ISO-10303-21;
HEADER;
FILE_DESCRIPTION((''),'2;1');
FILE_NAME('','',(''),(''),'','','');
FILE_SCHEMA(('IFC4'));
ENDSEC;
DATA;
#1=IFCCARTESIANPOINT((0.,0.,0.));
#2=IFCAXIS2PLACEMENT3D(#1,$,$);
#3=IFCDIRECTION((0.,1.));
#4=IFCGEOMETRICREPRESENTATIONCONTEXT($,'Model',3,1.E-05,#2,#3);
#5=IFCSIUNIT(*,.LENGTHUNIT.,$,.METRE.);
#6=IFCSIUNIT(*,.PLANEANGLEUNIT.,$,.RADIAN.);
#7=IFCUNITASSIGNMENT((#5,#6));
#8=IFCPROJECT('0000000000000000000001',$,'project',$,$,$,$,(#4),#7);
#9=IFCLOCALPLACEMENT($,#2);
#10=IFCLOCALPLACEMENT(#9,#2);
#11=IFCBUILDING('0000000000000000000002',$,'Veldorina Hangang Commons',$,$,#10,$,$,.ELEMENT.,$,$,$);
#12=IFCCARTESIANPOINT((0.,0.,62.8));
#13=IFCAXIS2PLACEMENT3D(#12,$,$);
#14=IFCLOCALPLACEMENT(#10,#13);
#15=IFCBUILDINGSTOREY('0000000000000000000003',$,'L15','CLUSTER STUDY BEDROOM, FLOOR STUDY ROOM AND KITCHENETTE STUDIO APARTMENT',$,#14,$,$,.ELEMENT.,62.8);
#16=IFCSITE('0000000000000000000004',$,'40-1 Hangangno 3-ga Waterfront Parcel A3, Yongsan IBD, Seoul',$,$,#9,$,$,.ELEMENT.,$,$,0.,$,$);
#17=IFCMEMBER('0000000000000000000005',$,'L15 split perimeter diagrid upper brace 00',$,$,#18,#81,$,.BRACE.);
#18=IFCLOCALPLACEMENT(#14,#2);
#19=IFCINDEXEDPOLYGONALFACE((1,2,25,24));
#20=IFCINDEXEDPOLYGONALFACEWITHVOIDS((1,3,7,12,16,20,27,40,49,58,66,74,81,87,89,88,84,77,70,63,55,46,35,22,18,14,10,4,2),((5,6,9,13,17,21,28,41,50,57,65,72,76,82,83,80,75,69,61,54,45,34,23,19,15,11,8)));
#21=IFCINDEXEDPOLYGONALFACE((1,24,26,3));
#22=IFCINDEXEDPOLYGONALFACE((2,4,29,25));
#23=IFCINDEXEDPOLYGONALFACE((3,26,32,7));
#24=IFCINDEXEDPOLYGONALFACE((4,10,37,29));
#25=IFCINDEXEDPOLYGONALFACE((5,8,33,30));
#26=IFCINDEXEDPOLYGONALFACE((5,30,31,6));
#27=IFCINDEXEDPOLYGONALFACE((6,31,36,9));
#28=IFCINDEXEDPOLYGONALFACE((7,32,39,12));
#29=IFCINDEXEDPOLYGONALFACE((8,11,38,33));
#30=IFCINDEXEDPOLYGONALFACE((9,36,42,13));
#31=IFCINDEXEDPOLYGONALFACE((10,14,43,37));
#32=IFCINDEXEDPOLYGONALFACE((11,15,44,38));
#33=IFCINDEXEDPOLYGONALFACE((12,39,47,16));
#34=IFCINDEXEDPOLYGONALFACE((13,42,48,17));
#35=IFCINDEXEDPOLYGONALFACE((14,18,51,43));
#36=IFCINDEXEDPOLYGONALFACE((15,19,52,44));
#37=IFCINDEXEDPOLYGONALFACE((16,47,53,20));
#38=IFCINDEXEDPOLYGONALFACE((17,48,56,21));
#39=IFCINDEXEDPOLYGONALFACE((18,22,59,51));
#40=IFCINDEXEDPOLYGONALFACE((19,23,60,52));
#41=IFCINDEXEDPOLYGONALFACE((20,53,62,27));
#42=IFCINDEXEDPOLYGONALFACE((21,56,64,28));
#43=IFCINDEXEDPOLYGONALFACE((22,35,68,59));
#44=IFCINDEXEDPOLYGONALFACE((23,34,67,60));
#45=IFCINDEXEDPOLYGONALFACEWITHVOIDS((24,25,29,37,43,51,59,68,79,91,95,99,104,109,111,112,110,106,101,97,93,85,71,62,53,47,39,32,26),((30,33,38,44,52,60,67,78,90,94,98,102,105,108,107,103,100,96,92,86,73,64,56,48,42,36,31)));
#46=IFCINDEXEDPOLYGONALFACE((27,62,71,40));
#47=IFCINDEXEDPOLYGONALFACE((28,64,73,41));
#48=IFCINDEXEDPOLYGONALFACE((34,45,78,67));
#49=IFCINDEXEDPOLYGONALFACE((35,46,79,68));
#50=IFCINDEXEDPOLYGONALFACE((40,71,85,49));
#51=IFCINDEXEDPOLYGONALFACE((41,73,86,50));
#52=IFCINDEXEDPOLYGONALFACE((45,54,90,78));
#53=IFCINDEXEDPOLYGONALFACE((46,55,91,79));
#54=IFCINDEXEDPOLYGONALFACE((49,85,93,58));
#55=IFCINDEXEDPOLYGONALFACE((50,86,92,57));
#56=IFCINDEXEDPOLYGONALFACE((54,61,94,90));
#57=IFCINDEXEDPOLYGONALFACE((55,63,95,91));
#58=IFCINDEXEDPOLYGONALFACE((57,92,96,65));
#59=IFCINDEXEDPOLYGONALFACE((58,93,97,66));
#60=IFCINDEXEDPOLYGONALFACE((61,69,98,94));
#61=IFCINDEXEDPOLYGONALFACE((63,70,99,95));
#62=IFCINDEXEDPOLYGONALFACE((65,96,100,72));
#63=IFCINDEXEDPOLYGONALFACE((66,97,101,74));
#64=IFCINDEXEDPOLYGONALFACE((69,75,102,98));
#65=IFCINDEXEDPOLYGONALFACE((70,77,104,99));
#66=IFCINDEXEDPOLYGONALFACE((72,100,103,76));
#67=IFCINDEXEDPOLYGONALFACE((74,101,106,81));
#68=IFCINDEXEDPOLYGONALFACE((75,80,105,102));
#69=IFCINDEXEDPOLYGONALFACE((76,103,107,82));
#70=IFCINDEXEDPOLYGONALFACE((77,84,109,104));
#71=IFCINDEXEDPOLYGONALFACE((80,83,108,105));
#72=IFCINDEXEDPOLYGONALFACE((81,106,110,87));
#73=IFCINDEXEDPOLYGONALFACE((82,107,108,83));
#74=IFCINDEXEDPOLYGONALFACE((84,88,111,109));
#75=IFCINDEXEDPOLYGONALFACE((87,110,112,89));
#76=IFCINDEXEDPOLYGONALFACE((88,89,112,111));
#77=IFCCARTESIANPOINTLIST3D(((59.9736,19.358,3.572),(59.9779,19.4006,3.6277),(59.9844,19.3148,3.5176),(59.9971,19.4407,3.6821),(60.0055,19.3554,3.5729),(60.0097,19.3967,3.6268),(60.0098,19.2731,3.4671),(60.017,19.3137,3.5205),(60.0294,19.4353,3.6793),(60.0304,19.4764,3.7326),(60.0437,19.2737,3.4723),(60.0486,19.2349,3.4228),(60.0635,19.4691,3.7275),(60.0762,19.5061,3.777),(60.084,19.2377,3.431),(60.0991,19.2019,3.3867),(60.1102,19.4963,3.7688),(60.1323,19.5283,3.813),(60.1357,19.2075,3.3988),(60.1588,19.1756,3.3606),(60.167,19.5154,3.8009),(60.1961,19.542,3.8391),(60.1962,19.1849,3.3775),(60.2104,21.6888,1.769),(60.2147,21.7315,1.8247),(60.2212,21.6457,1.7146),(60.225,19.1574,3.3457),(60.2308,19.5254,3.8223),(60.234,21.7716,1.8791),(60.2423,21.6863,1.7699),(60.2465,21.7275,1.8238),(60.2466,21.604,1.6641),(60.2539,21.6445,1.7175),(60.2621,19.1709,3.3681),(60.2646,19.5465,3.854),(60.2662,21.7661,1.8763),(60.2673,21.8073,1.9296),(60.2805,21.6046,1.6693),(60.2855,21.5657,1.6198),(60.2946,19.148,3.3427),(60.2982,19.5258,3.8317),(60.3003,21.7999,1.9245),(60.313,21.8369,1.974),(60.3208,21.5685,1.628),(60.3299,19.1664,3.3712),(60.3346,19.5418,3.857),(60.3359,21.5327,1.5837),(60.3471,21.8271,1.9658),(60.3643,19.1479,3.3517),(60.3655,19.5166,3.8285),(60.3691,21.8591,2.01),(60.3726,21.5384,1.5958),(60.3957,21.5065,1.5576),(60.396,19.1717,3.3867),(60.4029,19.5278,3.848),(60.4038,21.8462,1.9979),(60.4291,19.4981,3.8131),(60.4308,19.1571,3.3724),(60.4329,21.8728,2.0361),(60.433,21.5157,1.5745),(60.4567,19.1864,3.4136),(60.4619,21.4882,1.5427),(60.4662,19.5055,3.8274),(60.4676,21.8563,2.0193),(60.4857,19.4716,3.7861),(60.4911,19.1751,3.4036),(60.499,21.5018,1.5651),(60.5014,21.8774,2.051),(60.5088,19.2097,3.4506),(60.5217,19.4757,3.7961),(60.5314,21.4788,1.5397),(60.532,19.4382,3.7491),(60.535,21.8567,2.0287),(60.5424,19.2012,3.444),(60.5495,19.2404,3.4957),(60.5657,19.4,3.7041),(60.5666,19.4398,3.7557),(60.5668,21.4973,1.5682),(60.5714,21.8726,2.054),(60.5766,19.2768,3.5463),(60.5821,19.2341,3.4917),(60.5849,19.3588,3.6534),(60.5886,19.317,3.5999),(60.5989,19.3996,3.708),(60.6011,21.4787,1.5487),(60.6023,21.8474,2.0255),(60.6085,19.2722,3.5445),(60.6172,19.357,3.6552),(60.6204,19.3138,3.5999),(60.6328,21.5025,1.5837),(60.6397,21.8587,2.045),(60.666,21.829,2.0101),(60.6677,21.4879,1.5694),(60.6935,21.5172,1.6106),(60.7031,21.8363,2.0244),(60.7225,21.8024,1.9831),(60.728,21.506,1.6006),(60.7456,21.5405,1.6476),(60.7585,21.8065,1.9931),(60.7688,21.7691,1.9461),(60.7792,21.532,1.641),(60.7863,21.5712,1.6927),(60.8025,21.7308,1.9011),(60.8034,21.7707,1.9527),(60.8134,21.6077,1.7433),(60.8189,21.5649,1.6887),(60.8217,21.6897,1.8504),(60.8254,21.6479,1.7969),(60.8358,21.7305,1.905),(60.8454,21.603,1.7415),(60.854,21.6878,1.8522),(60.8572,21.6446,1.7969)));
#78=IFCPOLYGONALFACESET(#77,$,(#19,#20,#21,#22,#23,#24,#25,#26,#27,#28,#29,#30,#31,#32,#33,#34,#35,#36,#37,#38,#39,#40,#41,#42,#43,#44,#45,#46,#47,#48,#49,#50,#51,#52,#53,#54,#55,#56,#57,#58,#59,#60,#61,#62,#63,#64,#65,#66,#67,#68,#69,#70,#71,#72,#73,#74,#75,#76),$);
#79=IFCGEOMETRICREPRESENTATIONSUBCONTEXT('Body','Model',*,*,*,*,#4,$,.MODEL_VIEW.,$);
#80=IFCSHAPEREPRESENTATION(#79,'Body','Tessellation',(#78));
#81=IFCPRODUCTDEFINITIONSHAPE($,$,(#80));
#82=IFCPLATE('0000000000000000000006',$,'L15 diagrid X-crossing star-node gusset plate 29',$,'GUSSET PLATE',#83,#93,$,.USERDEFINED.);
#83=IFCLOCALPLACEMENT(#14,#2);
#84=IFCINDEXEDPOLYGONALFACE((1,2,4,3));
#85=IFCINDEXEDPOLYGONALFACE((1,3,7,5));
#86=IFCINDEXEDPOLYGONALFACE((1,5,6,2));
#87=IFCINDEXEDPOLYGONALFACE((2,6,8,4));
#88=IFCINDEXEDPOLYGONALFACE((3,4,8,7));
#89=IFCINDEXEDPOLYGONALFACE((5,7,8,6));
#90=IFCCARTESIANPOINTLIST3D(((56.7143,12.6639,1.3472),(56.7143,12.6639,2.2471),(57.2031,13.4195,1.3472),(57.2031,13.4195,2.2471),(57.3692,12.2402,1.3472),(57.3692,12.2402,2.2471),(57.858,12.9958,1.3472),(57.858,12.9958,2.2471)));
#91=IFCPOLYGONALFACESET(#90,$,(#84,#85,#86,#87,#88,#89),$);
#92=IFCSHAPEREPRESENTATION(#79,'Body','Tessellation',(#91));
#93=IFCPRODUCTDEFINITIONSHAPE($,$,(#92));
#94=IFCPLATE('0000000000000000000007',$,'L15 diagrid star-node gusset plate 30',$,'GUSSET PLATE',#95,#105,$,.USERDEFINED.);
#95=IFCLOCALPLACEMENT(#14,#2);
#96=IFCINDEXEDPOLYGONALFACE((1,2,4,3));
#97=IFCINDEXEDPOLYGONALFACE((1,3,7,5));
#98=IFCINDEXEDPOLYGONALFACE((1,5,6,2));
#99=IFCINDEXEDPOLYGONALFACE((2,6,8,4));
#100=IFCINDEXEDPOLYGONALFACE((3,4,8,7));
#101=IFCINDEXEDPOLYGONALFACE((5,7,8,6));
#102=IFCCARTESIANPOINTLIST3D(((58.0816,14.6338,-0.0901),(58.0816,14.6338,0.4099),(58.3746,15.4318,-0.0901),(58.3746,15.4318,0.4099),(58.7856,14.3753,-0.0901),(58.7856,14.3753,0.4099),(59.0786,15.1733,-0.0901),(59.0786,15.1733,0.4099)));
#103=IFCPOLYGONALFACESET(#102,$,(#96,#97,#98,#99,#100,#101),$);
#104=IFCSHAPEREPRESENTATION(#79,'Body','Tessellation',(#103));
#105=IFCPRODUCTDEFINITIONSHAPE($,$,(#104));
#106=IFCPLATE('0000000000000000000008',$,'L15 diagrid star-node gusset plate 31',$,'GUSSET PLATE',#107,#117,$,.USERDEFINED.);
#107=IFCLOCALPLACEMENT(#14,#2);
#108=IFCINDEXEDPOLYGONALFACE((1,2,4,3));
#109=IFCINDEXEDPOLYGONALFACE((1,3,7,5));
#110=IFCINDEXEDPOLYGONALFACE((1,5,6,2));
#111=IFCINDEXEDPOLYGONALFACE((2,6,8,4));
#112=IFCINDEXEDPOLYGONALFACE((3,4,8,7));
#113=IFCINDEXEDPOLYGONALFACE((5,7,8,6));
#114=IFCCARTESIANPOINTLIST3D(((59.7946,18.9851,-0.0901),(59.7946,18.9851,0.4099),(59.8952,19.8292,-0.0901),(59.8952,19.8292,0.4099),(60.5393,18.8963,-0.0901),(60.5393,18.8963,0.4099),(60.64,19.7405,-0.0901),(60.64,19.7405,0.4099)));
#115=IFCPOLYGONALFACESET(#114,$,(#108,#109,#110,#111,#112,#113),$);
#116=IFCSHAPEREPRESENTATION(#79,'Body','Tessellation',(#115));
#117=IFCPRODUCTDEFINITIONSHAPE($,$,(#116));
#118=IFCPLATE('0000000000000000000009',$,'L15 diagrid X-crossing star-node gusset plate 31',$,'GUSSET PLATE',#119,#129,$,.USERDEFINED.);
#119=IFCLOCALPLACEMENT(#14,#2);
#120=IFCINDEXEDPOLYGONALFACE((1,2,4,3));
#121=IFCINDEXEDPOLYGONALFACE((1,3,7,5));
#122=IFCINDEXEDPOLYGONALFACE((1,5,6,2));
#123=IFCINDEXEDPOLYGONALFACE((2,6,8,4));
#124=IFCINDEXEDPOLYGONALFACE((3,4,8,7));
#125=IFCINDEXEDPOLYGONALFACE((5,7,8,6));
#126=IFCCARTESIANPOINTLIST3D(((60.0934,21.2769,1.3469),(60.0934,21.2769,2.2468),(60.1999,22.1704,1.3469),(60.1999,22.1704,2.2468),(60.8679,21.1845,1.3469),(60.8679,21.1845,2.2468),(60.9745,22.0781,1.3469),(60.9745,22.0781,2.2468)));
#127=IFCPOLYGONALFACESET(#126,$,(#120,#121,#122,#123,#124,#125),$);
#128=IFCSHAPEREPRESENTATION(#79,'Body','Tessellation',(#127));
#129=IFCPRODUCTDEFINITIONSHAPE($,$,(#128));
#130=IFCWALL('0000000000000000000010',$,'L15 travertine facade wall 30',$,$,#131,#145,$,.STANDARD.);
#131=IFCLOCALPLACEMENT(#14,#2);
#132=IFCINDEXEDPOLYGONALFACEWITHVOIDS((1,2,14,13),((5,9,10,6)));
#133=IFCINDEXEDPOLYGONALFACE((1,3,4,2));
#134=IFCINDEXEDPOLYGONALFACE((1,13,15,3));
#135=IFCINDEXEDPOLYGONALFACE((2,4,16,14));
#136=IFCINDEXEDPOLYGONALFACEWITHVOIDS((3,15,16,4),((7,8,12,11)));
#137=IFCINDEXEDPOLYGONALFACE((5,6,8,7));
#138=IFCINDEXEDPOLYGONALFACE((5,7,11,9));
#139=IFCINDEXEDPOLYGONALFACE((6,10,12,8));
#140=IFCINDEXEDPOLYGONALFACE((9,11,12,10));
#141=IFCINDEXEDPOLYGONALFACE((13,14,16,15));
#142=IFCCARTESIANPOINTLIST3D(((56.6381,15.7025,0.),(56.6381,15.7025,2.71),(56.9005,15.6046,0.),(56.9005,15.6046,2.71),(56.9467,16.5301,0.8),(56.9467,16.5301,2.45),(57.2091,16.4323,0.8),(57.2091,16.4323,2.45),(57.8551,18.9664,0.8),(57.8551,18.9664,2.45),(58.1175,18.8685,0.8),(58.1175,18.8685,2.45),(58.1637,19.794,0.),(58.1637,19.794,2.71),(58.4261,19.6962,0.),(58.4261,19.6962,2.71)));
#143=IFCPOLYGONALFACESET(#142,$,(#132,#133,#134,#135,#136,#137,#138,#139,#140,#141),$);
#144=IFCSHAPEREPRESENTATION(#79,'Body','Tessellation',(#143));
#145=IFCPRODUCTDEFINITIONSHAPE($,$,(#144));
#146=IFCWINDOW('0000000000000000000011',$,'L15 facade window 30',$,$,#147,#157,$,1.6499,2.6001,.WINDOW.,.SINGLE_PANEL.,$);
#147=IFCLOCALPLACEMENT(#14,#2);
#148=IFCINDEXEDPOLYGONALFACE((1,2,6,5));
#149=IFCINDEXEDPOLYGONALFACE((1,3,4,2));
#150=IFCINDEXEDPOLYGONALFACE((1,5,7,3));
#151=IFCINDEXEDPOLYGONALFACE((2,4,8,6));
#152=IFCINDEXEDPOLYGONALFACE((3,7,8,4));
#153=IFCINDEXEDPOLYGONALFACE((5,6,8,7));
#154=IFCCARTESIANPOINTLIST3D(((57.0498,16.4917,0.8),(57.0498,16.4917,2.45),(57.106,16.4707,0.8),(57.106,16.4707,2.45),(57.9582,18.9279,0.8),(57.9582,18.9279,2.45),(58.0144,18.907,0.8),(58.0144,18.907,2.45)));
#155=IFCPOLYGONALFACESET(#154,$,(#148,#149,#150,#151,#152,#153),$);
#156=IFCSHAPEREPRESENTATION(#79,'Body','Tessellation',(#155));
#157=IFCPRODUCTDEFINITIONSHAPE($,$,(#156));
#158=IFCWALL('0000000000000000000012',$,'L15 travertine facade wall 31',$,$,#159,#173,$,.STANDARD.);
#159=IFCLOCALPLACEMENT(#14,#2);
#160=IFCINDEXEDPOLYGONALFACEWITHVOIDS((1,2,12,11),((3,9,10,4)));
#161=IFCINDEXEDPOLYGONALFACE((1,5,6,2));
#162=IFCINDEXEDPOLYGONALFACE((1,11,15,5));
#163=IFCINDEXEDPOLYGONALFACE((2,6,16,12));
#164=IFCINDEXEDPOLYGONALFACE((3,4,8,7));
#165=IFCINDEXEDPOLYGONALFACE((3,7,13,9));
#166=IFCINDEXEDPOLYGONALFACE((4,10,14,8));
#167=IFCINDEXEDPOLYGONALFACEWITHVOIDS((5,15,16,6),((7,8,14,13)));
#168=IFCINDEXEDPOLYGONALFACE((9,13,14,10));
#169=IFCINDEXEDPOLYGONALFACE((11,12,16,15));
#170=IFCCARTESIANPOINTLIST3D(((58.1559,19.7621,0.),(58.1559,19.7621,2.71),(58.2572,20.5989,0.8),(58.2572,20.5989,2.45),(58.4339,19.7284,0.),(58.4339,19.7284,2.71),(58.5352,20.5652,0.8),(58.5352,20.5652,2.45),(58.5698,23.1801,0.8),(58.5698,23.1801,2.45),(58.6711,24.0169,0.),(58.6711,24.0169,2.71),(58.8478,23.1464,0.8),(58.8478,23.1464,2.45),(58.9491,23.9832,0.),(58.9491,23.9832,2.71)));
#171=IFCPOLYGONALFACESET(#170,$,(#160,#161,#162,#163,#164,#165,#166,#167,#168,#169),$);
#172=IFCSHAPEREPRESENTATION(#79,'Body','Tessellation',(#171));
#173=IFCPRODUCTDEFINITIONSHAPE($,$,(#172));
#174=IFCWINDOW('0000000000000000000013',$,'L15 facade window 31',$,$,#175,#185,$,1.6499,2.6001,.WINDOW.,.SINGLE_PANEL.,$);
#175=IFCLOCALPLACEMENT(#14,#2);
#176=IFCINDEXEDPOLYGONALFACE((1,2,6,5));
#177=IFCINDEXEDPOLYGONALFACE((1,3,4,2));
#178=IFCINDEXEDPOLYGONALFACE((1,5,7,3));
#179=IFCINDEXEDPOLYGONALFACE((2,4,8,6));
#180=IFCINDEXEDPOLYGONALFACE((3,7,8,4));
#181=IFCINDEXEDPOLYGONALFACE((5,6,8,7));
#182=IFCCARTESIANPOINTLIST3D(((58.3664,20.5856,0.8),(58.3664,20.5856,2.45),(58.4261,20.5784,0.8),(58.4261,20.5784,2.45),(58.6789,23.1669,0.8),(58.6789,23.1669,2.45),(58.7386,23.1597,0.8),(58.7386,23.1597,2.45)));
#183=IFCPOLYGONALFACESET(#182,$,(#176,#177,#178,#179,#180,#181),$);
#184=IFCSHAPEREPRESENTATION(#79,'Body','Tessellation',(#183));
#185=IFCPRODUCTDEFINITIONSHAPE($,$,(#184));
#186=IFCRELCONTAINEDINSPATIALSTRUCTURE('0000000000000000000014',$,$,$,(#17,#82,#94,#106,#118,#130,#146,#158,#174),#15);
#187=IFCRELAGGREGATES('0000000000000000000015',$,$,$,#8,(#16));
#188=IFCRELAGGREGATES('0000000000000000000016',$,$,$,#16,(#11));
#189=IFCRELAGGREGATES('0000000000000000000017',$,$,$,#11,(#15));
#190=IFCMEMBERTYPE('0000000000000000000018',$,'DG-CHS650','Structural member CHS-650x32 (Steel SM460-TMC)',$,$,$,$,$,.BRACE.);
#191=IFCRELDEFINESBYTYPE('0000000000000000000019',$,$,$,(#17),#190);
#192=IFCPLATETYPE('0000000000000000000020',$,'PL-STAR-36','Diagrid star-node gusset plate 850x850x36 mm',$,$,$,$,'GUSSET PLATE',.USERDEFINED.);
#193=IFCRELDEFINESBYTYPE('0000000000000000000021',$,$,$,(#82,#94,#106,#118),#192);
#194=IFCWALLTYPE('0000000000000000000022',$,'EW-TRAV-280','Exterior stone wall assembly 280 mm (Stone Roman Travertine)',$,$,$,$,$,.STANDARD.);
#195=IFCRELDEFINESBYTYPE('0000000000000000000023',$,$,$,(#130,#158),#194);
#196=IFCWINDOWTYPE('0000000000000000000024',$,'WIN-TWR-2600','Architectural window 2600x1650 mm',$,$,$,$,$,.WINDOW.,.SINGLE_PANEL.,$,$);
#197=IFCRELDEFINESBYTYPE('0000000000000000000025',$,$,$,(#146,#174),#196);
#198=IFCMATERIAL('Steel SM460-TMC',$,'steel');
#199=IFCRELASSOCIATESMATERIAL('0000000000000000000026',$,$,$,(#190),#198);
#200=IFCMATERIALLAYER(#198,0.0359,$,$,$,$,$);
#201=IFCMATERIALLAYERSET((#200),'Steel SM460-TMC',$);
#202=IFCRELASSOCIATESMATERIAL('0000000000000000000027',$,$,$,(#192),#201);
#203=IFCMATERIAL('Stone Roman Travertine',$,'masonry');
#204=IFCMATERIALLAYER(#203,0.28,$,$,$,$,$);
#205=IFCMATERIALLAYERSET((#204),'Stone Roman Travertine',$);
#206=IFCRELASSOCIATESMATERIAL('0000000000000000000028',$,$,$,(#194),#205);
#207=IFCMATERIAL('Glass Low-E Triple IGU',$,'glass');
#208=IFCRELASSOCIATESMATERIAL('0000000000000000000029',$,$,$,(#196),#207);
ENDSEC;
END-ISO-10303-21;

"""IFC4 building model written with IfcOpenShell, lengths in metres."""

from ifc_helpers import new_model, si_unit, direction, frame, frame_2d, origin, origin_2d, place, context, subcontext, project, spatial, rectangle, hollow_circle, extrude, material, layer, layer_set, material_profile, profile_set, type_object, element, fill, save


model = new_model("IFC4")

# Units and contexts
model_context = context("Model", 3, precision=1e-05, world=origin(), true_north=direction((0.0, 1.0)))
body_context = subcontext(model_context, "Body", "Model", "MODEL_VIEW")
ifc_project = project(units=[si_unit("LENGTHUNIT", "METRE"), si_unit("PLANEANGLEUNIT", "RADIAN")], contexts=[model_context])

# Site, building, storey
site_placement = place(None, origin())
site = spatial("IfcSite", under=ifc_project, at=site_placement, Name="40-1 Hangangno 3-ga Waterfront Parcel A3, Yongsan IBD, Seoul", CompositionType="ELEMENT", RefElevation=0.0)
building_placement = place(site_placement, origin())
building = spatial("IfcBuilding", under=site, at=building_placement, Name="Veldorina Hangang Commons", CompositionType="ELEMENT")
storey_placement = place(building_placement, frame((0.0, 0.0, 62.8)))
storey = spatial("IfcBuildingStorey", under=building, at=storey_placement, Name="L15", Description="CLUSTER STUDY BEDROOM, FLOOR STUDY ROOM AND KITCHENETTE STUDIO APARTMENT", CompositionType="ELEMENT", Elevation=62.8)

# Member
ifc_material_1 = material(Name="Steel SM460-TMC", Category="steel")
ifc_material_profile_1 = material_profile(ifc_material_1, hollow_circle(Radius=0.325, WallThickness=0.032, at=origin_2d()), Name="CHS-650x32")
ifc_profile_set_1 = profile_set([ifc_material_profile_1], Name="Steel SM460-TMC")
member_type = type_object("IfcMemberType", Name="DG-CHS650", Description="Structural member CHS-650x32 (Steel SM460-TMC)", PredefinedType="BRACE", material=ifc_profile_set_1)
member_1_placement = place(storey_placement, frame((60.5339, 21.6775, 1.7969), z_axis=(-0.080107, -0.788431, 0.609884), x_axis=(0.994878, -0.101082, 0.0)))
element("IfcMember", 1, at=member_1_placement, inside=storey, type_object=member_type, Name="L15 split perimeter diagrid upper brace 00", PredefinedType="BRACE", context=body_context, shape_type="SweptSolid", body=[
    extrude(hollow_circle(Radius=0.325, WallThickness=0.032, at=origin_2d()), origin(), (0.0, 0.0, 1.0), 2.9563),
])

# Plates
ifc_layer_1 = layer(ifc_material_1, 0.0359)
ifc_layer_set_1 = layer_set([ifc_layer_1], Name="Steel SM460-TMC")
plate_type = type_object("IfcPlateType", Name="PL-STAR-36", Description="Diagrid star-node gusset plate 850x850x36 mm", ElementType="GUSSET PLATE", PredefinedType="USERDEFINED", material=ifc_layer_set_1)
plate_1_placement = place(storey_placement, frame((57.2861, 12.8298, 1.3472), z_axis=(0.0, 0.0, 1.0), x_axis=(0.543174, 0.83962, 0.0)))
element("IfcPlate", 2, at=plate_1_placement, inside=storey, type_object=plate_type, Name="L15 diagrid X-crossing star-node gusset plate 29", ObjectType="GUSSET PLATE", PredefinedType="USERDEFINED", context=body_context, shape_type="SweptSolid", body=[
    extrude(rectangle(XDim=0.8999, YDim=0.78, at=origin_2d()), origin(), (0.0, 0.0, 1.0), 0.8999),
])
for number, where, z_axis, x_axis, name in (
    (3, (58.5801, 14.9036, -0.0901), (0.0, 0.0, 1.0), (0.344659, 0.938728, 0.0), "L15 diagrid star-node gusset plate 30"),
    (4, (60.2173, 19.3628, -0.0901), (0.0, 0.0, 1.0), (0.118369, 0.99297, 0.0), "L15 diagrid star-node gusset plate 31"),
):
    element("IfcPlate", number, at=place(storey_placement, frame(where, z_axis=z_axis, x_axis=x_axis)), inside=storey, type_object=plate_type, Name=name, ObjectType="GUSSET PLATE", PredefinedType="USERDEFINED", context=body_context, shape_type="SweptSolid", body=[
        extrude(rectangle(XDim=0.8501, YDim=0.75, at=origin_2d()), origin(), (0.0, 0.0, 1.0), 0.5),
    ])
plate_2_placement = place(storey_placement, frame((60.5339, 21.6775, 1.3469), z_axis=(0.0, 0.0, 1.0), x_axis=(0.118369, 0.99297, 0.0)))
element("IfcPlate", 5, at=plate_2_placement, inside=storey, type_object=plate_type, Name="L15 diagrid X-crossing star-node gusset plate 31", ObjectType="GUSSET PLATE", PredefinedType="USERDEFINED", context=body_context, shape_type="SweptSolid", body=[
    extrude(rectangle(XDim=0.8999, YDim=0.78, at=origin_2d()), origin(), (0.0, 0.0, 1.0), 0.8999),
])

# Walls, openings, windows
ifc_material_2 = material(Name="Stone Roman Travertine", Category="masonry")
ifc_layer_2 = layer(ifc_material_2, 0.28)
ifc_layer_set_2 = layer_set([ifc_layer_2], Name="Stone Roman Travertine")
wall_type_1 = type_object("IfcWallType", Name="EW-TRAV-280", Description="Exterior stone wall assembly 280 mm (Stone Roman Travertine)", PredefinedType="STANDARD", material=ifc_layer_set_2)
wall_1_placement = place(storey_placement, frame((56.7693, 15.6536, 0.0), z_axis=(0.0, 0.0, 1.0), x_axis=(0.349377, 0.936982, 0.0)))
wall_1 = element("IfcWall", 6, at=wall_1_placement, inside=storey, type_object=wall_type_1, Name="L15 travertine facade wall 30", PredefinedType="STANDARD", context=body_context, shape_type="SweptSolid", body=[
    extrude(rectangle(XDim=4.3667, YDim=0.28, at=frame_2d((2.1833, 0.0))), origin(), (0.0, 0.0, 1.0), 2.71),
])
opening_1_placement = place(wall_1_placement, frame((0.8833, 0.0, 0.8)))
opening_1 = element("IfcOpeningElement", 7, at=opening_1_placement, cuts=wall_1, PredefinedType="OPENING", context=body_context, shape_type="SweptSolid", body=[
    extrude(rectangle(XDim=2.6001, YDim=1.6499, at=frame_2d((1.3, 0.825))), frame((0.0, 0.1499, 0.0), z_axis=(0.0, -1.0, 0.0), x_axis=(1.0, 0.0, 0.0)), (0.0, 0.0, 1.0), 0.3),
])
ifc_material_3 = material(Name="Glass Low-E Triple IGU", Category="glass")
window_type = type_object("IfcWindowType", Name="WIN-TWR-2600", Description="Architectural window 2600x1650 mm", PartitioningType="SINGLE_PANEL", PredefinedType="WINDOW", material=ifc_material_3)
window_1_placement = place(opening_1_placement, origin())
window_1 = element("IfcWindow", 8, at=window_1_placement, inside=storey, type_object=window_type, Name="L15 facade window 30", OverallHeight=1.6499, OverallWidth=2.6001, PartitioningType="SINGLE_PANEL", PredefinedType="WINDOW", context=body_context, shape_type="SweptSolid", body=[
    extrude(rectangle(XDim=2.6001, YDim=1.6499, at=frame_2d((1.3, 0.825))), frame((0.0, 0.03, 0.0), z_axis=(0.0, -1.0, 0.0), x_axis=(1.0, 0.0, 0.0)), (0.0, 0.0, 1.0), 0.0601),
])
fill(opening_1, window_1)
wall_2_placement = place(storey_placement, frame((58.2949, 19.7451, 0.0), z_axis=(0.0, 0.0, 1.0), x_axis=(0.120192, 0.992751, 0.0)))
wall_2 = element("IfcWall", 9, at=wall_2_placement, inside=storey, type_object=wall_type_1, Name="L15 travertine facade wall 31", PredefinedType="STANDARD", context=body_context, shape_type="SweptSolid", body=[
    extrude(rectangle(XDim=4.2859, YDim=0.28, at=frame_2d((2.1431, 0.0))), origin(), (0.0, 0.0, 1.0), 2.71),
])
opening_2_placement = place(wall_2_placement, frame((0.843, 0.0, 0.8)))
opening_2 = element("IfcOpeningElement", 10, at=opening_2_placement, cuts=wall_2, PredefinedType="OPENING", context=body_context, shape_type="SweptSolid", body=[
    extrude(rectangle(XDim=2.6001, YDim=1.6499, at=frame_2d((1.3, 0.825))), frame((0.0, 0.1499, 0.0), z_axis=(0.0, -1.0, 0.0), x_axis=(1.0, 0.0, 0.0)), (0.0, 0.0, 1.0), 0.3),
])
window_2_placement = place(opening_2_placement, origin())
window_2 = element("IfcWindow", 11, at=window_2_placement, inside=storey, type_object=window_type, Name="L15 facade window 31", OverallHeight=1.6499, OverallWidth=2.6001, PartitioningType="SINGLE_PANEL", PredefinedType="WINDOW", context=body_context, shape_type="SweptSolid", body=[
    extrude(rectangle(XDim=2.6001, YDim=1.6499, at=frame_2d((1.3, 0.825))), frame((0.0, 0.03, 0.0), z_axis=(0.0, -1.0, 0.0), x_axis=(1.0, 0.0, 0.0)), (0.0, 0.0, 1.0), 0.0601),
])
fill(opening_2, window_2)

save(model, "model.ifc")
